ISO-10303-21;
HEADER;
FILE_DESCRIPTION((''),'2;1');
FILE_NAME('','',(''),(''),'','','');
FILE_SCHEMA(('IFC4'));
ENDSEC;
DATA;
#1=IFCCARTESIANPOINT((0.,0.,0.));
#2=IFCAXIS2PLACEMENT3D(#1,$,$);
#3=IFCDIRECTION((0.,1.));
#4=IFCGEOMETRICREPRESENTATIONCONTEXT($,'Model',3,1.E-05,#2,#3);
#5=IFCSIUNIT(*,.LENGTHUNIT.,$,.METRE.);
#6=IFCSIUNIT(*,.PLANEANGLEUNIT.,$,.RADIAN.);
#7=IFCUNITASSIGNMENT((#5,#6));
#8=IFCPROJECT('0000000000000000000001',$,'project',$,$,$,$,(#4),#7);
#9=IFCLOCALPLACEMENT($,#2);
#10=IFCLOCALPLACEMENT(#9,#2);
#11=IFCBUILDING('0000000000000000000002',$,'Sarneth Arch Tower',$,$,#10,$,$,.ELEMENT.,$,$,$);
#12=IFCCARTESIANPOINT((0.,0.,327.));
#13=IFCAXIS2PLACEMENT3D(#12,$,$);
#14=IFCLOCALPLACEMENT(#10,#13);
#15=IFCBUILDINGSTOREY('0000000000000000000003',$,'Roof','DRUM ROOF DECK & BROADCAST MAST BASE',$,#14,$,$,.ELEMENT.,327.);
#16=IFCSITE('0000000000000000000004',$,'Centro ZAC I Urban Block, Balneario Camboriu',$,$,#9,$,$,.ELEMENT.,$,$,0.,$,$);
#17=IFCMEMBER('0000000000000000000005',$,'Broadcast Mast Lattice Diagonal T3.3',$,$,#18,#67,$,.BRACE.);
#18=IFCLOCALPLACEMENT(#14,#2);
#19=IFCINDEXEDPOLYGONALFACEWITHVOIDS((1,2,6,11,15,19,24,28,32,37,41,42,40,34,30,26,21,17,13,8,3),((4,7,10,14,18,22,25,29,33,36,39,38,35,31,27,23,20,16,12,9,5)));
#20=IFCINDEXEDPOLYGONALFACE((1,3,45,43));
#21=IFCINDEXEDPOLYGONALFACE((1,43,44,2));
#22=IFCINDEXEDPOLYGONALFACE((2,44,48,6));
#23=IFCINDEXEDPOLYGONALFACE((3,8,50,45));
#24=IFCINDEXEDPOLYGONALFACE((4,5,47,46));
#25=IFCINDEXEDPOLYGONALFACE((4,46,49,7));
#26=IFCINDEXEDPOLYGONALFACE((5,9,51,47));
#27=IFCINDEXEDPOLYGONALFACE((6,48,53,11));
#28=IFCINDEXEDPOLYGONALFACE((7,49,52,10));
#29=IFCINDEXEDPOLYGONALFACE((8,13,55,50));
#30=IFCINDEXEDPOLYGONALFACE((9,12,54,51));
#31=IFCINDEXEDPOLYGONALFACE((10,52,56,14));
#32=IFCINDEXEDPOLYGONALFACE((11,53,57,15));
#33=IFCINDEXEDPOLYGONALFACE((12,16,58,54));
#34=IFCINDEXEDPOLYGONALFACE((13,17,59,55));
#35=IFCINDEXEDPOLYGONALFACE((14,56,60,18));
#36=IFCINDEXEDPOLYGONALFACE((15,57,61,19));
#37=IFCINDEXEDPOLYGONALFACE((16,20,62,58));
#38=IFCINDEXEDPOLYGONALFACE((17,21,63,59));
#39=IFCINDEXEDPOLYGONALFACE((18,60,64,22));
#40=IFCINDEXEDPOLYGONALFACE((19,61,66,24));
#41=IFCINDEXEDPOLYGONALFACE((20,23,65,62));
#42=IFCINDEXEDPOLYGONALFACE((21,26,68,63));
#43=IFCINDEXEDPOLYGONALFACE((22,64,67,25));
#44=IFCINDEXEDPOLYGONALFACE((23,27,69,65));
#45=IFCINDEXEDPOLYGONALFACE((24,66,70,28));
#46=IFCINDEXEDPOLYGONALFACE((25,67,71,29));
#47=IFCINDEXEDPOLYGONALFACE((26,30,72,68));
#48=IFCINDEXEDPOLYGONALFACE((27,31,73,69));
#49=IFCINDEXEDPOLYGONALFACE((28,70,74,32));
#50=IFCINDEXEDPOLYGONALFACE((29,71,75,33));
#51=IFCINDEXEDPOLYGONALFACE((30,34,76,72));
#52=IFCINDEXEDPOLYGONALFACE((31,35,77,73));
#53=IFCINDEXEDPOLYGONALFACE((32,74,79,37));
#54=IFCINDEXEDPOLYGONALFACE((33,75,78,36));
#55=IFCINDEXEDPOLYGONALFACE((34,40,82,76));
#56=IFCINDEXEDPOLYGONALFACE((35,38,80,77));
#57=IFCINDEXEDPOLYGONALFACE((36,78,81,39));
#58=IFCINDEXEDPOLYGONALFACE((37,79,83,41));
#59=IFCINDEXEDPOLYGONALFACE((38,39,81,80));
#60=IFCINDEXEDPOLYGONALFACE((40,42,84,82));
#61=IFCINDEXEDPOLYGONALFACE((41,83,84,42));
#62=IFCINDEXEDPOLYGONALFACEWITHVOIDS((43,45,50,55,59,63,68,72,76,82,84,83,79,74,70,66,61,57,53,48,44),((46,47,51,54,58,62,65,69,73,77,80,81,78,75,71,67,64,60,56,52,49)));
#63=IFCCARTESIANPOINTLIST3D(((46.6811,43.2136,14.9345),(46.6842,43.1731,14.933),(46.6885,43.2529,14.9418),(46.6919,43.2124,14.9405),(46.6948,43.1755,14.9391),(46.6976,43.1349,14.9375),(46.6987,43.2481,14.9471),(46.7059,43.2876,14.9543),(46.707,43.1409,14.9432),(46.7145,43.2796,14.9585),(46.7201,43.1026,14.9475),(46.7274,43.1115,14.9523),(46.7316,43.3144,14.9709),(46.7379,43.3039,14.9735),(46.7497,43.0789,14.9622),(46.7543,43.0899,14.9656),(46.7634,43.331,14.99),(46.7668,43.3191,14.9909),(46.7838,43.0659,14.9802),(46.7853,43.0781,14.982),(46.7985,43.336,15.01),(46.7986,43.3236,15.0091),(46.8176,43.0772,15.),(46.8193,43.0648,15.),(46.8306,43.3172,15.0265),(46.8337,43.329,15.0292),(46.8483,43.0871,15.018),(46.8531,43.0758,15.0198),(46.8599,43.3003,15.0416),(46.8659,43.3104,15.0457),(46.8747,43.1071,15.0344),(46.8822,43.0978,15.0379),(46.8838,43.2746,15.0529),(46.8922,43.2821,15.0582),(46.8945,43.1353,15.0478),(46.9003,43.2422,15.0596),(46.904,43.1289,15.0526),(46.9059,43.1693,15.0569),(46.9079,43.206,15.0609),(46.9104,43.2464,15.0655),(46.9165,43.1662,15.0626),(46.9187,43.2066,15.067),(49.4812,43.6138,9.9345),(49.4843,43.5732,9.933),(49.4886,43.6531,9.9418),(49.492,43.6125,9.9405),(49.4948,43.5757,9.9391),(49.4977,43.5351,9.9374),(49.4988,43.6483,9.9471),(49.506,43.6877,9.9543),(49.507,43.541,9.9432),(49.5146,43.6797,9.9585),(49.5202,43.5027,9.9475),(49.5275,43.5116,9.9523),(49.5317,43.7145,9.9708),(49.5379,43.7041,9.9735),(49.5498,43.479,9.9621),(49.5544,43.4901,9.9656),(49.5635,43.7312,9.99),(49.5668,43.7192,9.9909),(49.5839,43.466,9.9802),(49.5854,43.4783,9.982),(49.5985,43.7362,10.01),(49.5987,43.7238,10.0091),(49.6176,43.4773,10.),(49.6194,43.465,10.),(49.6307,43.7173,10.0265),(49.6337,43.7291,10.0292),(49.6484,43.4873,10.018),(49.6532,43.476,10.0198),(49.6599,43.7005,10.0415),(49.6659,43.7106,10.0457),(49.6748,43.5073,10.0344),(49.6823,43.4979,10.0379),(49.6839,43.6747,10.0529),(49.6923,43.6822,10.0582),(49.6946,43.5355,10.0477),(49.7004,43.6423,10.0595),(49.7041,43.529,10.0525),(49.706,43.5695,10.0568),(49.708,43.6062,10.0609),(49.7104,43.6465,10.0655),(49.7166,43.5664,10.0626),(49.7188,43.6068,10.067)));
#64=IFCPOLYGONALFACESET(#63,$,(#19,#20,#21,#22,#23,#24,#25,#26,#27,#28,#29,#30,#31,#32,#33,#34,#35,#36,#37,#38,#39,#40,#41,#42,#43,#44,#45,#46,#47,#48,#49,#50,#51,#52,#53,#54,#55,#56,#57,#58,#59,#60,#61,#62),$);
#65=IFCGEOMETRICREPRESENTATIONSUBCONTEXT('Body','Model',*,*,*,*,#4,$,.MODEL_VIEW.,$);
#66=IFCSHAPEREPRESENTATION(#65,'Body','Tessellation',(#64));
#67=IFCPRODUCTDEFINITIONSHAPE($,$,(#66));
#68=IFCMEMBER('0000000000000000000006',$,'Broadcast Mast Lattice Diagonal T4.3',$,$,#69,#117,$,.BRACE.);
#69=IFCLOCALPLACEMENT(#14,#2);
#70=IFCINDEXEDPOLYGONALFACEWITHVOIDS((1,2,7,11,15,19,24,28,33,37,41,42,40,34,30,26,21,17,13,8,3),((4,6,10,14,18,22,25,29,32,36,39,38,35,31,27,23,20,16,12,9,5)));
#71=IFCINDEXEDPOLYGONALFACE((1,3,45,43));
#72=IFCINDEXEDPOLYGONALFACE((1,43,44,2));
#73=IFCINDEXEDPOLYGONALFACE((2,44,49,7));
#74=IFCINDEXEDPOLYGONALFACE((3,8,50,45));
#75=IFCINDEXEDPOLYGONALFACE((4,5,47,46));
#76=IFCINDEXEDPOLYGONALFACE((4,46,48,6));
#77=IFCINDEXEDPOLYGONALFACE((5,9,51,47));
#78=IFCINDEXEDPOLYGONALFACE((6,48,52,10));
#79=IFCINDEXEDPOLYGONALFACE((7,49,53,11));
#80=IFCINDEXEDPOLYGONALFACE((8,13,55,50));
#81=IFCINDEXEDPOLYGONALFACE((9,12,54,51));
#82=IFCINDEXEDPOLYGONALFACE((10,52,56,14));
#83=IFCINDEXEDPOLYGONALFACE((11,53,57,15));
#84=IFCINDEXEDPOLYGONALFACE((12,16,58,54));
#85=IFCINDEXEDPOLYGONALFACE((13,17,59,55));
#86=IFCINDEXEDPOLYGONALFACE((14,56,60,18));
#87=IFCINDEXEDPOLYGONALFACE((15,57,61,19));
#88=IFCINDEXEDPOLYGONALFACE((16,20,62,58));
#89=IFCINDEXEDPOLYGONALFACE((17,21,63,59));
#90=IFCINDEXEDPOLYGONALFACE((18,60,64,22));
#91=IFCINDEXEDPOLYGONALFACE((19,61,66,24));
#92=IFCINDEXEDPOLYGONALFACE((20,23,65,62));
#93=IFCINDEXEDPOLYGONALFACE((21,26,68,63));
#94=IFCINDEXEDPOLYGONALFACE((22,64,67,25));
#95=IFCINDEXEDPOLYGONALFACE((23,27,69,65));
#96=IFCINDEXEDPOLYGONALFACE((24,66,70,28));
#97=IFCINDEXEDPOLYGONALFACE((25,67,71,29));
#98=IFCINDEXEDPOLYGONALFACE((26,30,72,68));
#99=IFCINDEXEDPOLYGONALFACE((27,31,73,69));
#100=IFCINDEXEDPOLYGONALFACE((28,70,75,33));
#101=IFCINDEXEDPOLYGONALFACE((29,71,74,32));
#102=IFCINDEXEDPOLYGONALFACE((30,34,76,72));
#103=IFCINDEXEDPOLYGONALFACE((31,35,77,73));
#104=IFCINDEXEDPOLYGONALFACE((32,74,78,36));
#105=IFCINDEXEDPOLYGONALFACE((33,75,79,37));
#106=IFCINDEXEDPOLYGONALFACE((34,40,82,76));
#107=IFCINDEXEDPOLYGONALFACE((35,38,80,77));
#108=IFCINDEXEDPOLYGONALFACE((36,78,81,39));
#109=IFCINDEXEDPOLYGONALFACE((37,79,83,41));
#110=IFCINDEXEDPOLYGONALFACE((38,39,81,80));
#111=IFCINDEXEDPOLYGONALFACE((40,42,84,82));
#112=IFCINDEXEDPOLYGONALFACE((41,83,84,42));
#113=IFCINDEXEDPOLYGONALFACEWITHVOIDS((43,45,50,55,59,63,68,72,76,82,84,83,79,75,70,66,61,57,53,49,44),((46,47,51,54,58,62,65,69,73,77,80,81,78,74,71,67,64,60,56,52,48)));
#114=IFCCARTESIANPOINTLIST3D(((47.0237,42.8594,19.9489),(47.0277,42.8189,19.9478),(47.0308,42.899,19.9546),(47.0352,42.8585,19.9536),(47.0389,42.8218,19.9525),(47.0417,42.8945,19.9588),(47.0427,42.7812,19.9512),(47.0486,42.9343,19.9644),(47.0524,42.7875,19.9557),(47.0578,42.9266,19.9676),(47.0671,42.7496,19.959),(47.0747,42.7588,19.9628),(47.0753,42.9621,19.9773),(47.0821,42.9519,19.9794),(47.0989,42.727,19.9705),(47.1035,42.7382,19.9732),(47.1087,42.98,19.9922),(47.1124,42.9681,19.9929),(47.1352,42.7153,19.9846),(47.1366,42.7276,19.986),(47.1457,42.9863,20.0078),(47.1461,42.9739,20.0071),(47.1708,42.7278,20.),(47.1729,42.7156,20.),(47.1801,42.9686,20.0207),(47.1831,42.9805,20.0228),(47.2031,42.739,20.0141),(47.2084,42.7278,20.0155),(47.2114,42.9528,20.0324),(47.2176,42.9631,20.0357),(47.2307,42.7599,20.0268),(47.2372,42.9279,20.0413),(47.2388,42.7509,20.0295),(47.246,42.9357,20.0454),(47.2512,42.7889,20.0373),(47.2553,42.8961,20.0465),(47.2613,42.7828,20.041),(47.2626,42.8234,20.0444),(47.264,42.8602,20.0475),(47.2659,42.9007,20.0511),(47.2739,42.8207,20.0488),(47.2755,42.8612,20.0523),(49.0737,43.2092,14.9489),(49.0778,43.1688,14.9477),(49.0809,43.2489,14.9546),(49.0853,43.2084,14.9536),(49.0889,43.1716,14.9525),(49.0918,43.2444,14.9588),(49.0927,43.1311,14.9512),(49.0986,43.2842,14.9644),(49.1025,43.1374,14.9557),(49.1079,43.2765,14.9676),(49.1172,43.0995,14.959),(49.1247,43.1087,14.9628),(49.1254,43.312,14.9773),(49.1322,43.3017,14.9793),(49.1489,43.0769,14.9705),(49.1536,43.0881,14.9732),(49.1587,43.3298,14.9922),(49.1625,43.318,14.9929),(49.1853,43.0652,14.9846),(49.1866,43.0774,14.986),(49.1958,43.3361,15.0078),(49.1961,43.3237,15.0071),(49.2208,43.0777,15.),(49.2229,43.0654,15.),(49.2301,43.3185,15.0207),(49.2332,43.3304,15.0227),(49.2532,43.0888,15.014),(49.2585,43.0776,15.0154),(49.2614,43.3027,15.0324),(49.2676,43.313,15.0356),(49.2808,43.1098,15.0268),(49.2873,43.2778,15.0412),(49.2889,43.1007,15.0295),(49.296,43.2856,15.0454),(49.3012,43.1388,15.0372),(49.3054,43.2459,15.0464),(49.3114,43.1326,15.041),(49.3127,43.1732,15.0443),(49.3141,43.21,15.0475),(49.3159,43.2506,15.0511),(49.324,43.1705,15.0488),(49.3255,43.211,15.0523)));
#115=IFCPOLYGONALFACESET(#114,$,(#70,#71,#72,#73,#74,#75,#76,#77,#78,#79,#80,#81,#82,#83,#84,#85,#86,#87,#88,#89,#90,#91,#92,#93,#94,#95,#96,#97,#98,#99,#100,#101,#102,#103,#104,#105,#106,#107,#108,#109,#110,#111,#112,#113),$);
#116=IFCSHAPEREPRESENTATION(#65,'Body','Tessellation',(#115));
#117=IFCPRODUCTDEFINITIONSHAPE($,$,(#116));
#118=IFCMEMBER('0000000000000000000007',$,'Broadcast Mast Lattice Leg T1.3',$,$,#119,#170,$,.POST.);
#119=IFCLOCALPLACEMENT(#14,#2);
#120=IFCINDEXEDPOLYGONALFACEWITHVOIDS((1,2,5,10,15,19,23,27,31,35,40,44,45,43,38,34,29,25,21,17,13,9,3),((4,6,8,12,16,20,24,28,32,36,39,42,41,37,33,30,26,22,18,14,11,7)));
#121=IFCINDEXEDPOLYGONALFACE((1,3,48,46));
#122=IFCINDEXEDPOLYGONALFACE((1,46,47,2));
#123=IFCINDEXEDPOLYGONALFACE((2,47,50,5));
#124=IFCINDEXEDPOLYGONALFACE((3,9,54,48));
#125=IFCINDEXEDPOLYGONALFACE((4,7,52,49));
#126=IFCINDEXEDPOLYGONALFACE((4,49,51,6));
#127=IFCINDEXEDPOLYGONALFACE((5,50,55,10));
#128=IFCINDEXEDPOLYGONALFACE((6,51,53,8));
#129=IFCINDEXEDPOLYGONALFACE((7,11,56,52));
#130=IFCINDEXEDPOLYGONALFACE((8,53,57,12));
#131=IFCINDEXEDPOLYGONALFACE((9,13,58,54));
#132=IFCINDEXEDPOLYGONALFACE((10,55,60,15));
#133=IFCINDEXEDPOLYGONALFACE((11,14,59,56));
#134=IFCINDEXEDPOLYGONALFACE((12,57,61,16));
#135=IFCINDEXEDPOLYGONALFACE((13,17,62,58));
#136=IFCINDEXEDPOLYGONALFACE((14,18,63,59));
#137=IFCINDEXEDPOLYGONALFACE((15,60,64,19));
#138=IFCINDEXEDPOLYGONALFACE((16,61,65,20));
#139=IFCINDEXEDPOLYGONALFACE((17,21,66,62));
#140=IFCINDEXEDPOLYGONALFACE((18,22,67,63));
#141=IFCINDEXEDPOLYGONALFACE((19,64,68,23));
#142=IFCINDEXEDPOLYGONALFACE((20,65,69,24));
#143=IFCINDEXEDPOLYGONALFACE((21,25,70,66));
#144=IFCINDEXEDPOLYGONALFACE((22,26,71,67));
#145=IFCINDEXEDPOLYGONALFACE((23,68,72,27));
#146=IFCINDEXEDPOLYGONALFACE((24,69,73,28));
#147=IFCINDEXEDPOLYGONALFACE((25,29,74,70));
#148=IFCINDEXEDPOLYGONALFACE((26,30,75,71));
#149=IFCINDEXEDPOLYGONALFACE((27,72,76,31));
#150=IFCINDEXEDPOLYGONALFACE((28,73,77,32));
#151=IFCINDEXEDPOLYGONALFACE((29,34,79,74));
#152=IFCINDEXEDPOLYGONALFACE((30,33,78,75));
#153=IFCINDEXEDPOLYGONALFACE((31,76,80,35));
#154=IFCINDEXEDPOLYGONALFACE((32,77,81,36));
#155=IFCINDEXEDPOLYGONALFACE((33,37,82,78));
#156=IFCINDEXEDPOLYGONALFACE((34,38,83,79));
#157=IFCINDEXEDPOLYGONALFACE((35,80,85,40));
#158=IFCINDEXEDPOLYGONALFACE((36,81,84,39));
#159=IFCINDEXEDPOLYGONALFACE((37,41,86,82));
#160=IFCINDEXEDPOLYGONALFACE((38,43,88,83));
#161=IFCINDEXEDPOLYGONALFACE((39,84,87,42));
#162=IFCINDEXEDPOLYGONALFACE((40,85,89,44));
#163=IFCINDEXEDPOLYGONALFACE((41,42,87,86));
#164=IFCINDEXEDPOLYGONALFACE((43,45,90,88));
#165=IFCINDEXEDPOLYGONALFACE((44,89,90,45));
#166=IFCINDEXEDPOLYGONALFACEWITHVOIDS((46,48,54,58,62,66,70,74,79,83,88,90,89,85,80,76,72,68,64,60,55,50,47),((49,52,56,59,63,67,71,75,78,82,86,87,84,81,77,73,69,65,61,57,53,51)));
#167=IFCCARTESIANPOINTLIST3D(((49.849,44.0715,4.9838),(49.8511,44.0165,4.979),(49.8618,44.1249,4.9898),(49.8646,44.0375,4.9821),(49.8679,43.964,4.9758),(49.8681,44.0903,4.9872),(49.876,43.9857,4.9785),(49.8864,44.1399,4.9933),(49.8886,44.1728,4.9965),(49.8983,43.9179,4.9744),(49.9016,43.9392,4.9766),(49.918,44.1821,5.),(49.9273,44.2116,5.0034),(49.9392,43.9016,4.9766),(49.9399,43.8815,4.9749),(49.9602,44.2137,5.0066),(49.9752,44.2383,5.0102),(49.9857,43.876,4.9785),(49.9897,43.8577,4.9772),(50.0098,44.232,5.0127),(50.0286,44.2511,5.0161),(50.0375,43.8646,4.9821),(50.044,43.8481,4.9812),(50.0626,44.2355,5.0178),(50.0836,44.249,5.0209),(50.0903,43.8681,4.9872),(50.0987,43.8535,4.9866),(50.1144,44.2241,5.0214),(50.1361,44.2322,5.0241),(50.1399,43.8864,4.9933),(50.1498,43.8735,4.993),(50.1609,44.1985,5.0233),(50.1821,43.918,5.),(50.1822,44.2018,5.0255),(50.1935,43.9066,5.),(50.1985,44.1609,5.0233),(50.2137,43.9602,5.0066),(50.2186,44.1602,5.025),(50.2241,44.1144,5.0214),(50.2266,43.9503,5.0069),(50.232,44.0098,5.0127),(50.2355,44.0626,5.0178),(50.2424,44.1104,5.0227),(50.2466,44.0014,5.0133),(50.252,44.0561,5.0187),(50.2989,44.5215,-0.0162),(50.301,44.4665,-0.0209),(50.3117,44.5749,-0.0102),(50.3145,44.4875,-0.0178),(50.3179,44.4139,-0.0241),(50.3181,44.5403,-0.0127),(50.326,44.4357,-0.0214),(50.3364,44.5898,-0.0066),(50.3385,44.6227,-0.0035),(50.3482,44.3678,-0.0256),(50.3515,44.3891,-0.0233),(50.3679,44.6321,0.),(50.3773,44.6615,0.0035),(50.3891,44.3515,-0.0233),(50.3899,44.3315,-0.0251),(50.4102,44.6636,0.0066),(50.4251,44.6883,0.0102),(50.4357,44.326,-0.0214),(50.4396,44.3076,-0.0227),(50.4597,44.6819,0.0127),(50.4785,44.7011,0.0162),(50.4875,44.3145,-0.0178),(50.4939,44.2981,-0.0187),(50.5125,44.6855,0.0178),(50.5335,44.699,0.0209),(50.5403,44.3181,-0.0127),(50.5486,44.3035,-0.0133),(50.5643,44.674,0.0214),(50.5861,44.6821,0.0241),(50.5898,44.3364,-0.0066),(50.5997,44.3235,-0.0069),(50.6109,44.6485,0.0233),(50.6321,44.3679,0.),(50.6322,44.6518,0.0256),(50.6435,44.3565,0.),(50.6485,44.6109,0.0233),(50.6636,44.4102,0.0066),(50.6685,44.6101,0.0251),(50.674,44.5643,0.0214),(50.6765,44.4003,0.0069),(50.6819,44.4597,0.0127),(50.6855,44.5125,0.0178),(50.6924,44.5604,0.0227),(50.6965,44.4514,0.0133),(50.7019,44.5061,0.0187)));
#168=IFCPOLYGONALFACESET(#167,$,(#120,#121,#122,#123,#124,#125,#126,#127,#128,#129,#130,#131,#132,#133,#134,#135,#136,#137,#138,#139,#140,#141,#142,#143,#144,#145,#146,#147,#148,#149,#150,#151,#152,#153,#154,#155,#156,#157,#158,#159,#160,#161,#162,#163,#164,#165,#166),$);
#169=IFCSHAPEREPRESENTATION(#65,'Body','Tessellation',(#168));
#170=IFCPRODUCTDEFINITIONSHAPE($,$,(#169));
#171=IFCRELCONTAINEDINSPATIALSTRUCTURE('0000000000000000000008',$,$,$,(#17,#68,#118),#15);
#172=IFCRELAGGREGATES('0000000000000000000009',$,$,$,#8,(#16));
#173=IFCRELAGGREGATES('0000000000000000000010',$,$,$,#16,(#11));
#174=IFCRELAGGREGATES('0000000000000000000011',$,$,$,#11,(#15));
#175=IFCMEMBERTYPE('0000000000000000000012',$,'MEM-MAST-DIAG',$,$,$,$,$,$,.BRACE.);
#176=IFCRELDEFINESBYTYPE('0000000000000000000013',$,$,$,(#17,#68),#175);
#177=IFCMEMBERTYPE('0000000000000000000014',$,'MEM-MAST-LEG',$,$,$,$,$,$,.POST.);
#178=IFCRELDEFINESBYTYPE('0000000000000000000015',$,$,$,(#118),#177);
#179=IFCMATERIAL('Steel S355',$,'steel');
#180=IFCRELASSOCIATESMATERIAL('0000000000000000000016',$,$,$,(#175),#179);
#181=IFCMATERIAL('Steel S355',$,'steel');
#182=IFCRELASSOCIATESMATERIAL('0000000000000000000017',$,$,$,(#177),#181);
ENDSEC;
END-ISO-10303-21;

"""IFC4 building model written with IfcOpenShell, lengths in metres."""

from ifc_helpers import new_model, si_unit, direction, frame, origin, origin_2d, place, context, subcontext, project, spatial, hollow_circle, extrude, material, material_profile, profile_set, type_object, element, save


model = new_model("IFC4")

# Units and contexts
model_context = context("Model", 3, precision=1e-05, world=origin(), true_north=direction((0.0, 1.0)))
body_context = subcontext(model_context, "Body", "Model", "MODEL_VIEW")
ifc_project = project(units=[si_unit("LENGTHUNIT", "METRE"), si_unit("PLANEANGLEUNIT", "RADIAN")], contexts=[model_context])

# Site, building, storey
site_placement = place(None, origin())
site = spatial("IfcSite", under=ifc_project, at=site_placement, Name="Centro ZAC I Urban Block, Balneario Camboriu", CompositionType="ELEMENT", RefElevation=0.0)
building_placement = place(site_placement, origin())
building = spatial("IfcBuilding", under=site, at=building_placement, Name="Sarneth Arch Tower", CompositionType="ELEMENT")
storey_placement = place(building_placement, frame((0.0, 0.0, 327.0)))
storey = spatial("IfcBuildingStorey", under=building, at=storey_placement, Name="Roof", Description="DRUM ROOF DECK & BROADCAST MAST BASE", CompositionType="ELEMENT", Elevation=327.0)

# Members
ifc_material_1 = material(Name="Steel S355", Category="steel")
ifc_material_profile_1 = material_profile(ifc_material_1, hollow_circle(Radius=0.1365, WallThickness=0.0125, at=origin_2d()), Name="CHS273x12.5")
ifc_profile_set_1 = profile_set([ifc_material_profile_1], Name="Steel S355")
member_type_1 = type_object("IfcMemberType", Name="MEM-MAST-DIAG", PredefinedType="BRACE", material=ifc_profile_set_1)
member_1_placement = place(storey_placement, frame((49.6001, 43.6001, 10.0), z_axis=(-0.487423, -0.069656, 0.870383), x_axis=(0.14147, -0.989943, 0.0)))
element("IfcMember", 1, at=member_1_placement, inside=storey, type_object=member_type_1, Name="Broadcast Mast Lattice Diagonal T3.3", PredefinedType="BRACE", context=body_context, shape_type="SweptSolid", body=[
    extrude(hollow_circle(Radius=0.1365, WallThickness=0.0125, at=origin_2d()), origin(), (0.0, 0.0, 1.0), 5.7446),
])
member_2_placement = place(storey_placement, frame((49.2, 43.2, 15.0), z_axis=(-0.378568, -0.064605, 0.923316), x_axis=(0.168224, -0.985749, 0.0)))
element("IfcMember", 2, at=member_2_placement, inside=storey, type_object=member_type_1, Name="Broadcast Mast Lattice Diagonal T4.3", PredefinedType="BRACE", context=body_context, shape_type="SweptSolid", body=[
    extrude(hollow_circle(Radius=0.1365, WallThickness=0.0125, at=origin_2d()), origin(), (0.0, 0.0, 1.0), 5.4153),
])
ifc_material_2 = material(Name="Steel S355", Category="steel")
ifc_material_profile_2 = material_profile(ifc_material_2, hollow_circle(Radius=0.2029, WallThickness=0.0161, at=origin_2d()), Name="CHS406x16")
ifc_profile_set_2 = profile_set([ifc_material_profile_2], Name="Steel S355")
member_type_2 = type_object("IfcMemberType", Name="MEM-MAST-LEG", PredefinedType="POST", material=ifc_profile_set_2)
for number, where, z_axis, x_axis, name in (
    (3, (50.5, 44.5, 0.0), (-0.08927, -0.08927, 0.991999), (0.707107, -0.707107, 0.0), "Broadcast Mast Lattice Leg T1.3"),
):
    element("IfcMember", number, at=place(storey_placement, frame(where, z_axis=z_axis, x_axis=x_axis)), inside=storey, type_object=member_type_2, Name=name, PredefinedType="POST", context=body_context, shape_type="SweptSolid", body=[
        extrude(hollow_circle(Radius=0.2029, WallThickness=0.0161, at=origin_2d()), origin(), (0.0, 0.0, 1.0), 5.0403),
    ])

save(model, "model.ifc")
